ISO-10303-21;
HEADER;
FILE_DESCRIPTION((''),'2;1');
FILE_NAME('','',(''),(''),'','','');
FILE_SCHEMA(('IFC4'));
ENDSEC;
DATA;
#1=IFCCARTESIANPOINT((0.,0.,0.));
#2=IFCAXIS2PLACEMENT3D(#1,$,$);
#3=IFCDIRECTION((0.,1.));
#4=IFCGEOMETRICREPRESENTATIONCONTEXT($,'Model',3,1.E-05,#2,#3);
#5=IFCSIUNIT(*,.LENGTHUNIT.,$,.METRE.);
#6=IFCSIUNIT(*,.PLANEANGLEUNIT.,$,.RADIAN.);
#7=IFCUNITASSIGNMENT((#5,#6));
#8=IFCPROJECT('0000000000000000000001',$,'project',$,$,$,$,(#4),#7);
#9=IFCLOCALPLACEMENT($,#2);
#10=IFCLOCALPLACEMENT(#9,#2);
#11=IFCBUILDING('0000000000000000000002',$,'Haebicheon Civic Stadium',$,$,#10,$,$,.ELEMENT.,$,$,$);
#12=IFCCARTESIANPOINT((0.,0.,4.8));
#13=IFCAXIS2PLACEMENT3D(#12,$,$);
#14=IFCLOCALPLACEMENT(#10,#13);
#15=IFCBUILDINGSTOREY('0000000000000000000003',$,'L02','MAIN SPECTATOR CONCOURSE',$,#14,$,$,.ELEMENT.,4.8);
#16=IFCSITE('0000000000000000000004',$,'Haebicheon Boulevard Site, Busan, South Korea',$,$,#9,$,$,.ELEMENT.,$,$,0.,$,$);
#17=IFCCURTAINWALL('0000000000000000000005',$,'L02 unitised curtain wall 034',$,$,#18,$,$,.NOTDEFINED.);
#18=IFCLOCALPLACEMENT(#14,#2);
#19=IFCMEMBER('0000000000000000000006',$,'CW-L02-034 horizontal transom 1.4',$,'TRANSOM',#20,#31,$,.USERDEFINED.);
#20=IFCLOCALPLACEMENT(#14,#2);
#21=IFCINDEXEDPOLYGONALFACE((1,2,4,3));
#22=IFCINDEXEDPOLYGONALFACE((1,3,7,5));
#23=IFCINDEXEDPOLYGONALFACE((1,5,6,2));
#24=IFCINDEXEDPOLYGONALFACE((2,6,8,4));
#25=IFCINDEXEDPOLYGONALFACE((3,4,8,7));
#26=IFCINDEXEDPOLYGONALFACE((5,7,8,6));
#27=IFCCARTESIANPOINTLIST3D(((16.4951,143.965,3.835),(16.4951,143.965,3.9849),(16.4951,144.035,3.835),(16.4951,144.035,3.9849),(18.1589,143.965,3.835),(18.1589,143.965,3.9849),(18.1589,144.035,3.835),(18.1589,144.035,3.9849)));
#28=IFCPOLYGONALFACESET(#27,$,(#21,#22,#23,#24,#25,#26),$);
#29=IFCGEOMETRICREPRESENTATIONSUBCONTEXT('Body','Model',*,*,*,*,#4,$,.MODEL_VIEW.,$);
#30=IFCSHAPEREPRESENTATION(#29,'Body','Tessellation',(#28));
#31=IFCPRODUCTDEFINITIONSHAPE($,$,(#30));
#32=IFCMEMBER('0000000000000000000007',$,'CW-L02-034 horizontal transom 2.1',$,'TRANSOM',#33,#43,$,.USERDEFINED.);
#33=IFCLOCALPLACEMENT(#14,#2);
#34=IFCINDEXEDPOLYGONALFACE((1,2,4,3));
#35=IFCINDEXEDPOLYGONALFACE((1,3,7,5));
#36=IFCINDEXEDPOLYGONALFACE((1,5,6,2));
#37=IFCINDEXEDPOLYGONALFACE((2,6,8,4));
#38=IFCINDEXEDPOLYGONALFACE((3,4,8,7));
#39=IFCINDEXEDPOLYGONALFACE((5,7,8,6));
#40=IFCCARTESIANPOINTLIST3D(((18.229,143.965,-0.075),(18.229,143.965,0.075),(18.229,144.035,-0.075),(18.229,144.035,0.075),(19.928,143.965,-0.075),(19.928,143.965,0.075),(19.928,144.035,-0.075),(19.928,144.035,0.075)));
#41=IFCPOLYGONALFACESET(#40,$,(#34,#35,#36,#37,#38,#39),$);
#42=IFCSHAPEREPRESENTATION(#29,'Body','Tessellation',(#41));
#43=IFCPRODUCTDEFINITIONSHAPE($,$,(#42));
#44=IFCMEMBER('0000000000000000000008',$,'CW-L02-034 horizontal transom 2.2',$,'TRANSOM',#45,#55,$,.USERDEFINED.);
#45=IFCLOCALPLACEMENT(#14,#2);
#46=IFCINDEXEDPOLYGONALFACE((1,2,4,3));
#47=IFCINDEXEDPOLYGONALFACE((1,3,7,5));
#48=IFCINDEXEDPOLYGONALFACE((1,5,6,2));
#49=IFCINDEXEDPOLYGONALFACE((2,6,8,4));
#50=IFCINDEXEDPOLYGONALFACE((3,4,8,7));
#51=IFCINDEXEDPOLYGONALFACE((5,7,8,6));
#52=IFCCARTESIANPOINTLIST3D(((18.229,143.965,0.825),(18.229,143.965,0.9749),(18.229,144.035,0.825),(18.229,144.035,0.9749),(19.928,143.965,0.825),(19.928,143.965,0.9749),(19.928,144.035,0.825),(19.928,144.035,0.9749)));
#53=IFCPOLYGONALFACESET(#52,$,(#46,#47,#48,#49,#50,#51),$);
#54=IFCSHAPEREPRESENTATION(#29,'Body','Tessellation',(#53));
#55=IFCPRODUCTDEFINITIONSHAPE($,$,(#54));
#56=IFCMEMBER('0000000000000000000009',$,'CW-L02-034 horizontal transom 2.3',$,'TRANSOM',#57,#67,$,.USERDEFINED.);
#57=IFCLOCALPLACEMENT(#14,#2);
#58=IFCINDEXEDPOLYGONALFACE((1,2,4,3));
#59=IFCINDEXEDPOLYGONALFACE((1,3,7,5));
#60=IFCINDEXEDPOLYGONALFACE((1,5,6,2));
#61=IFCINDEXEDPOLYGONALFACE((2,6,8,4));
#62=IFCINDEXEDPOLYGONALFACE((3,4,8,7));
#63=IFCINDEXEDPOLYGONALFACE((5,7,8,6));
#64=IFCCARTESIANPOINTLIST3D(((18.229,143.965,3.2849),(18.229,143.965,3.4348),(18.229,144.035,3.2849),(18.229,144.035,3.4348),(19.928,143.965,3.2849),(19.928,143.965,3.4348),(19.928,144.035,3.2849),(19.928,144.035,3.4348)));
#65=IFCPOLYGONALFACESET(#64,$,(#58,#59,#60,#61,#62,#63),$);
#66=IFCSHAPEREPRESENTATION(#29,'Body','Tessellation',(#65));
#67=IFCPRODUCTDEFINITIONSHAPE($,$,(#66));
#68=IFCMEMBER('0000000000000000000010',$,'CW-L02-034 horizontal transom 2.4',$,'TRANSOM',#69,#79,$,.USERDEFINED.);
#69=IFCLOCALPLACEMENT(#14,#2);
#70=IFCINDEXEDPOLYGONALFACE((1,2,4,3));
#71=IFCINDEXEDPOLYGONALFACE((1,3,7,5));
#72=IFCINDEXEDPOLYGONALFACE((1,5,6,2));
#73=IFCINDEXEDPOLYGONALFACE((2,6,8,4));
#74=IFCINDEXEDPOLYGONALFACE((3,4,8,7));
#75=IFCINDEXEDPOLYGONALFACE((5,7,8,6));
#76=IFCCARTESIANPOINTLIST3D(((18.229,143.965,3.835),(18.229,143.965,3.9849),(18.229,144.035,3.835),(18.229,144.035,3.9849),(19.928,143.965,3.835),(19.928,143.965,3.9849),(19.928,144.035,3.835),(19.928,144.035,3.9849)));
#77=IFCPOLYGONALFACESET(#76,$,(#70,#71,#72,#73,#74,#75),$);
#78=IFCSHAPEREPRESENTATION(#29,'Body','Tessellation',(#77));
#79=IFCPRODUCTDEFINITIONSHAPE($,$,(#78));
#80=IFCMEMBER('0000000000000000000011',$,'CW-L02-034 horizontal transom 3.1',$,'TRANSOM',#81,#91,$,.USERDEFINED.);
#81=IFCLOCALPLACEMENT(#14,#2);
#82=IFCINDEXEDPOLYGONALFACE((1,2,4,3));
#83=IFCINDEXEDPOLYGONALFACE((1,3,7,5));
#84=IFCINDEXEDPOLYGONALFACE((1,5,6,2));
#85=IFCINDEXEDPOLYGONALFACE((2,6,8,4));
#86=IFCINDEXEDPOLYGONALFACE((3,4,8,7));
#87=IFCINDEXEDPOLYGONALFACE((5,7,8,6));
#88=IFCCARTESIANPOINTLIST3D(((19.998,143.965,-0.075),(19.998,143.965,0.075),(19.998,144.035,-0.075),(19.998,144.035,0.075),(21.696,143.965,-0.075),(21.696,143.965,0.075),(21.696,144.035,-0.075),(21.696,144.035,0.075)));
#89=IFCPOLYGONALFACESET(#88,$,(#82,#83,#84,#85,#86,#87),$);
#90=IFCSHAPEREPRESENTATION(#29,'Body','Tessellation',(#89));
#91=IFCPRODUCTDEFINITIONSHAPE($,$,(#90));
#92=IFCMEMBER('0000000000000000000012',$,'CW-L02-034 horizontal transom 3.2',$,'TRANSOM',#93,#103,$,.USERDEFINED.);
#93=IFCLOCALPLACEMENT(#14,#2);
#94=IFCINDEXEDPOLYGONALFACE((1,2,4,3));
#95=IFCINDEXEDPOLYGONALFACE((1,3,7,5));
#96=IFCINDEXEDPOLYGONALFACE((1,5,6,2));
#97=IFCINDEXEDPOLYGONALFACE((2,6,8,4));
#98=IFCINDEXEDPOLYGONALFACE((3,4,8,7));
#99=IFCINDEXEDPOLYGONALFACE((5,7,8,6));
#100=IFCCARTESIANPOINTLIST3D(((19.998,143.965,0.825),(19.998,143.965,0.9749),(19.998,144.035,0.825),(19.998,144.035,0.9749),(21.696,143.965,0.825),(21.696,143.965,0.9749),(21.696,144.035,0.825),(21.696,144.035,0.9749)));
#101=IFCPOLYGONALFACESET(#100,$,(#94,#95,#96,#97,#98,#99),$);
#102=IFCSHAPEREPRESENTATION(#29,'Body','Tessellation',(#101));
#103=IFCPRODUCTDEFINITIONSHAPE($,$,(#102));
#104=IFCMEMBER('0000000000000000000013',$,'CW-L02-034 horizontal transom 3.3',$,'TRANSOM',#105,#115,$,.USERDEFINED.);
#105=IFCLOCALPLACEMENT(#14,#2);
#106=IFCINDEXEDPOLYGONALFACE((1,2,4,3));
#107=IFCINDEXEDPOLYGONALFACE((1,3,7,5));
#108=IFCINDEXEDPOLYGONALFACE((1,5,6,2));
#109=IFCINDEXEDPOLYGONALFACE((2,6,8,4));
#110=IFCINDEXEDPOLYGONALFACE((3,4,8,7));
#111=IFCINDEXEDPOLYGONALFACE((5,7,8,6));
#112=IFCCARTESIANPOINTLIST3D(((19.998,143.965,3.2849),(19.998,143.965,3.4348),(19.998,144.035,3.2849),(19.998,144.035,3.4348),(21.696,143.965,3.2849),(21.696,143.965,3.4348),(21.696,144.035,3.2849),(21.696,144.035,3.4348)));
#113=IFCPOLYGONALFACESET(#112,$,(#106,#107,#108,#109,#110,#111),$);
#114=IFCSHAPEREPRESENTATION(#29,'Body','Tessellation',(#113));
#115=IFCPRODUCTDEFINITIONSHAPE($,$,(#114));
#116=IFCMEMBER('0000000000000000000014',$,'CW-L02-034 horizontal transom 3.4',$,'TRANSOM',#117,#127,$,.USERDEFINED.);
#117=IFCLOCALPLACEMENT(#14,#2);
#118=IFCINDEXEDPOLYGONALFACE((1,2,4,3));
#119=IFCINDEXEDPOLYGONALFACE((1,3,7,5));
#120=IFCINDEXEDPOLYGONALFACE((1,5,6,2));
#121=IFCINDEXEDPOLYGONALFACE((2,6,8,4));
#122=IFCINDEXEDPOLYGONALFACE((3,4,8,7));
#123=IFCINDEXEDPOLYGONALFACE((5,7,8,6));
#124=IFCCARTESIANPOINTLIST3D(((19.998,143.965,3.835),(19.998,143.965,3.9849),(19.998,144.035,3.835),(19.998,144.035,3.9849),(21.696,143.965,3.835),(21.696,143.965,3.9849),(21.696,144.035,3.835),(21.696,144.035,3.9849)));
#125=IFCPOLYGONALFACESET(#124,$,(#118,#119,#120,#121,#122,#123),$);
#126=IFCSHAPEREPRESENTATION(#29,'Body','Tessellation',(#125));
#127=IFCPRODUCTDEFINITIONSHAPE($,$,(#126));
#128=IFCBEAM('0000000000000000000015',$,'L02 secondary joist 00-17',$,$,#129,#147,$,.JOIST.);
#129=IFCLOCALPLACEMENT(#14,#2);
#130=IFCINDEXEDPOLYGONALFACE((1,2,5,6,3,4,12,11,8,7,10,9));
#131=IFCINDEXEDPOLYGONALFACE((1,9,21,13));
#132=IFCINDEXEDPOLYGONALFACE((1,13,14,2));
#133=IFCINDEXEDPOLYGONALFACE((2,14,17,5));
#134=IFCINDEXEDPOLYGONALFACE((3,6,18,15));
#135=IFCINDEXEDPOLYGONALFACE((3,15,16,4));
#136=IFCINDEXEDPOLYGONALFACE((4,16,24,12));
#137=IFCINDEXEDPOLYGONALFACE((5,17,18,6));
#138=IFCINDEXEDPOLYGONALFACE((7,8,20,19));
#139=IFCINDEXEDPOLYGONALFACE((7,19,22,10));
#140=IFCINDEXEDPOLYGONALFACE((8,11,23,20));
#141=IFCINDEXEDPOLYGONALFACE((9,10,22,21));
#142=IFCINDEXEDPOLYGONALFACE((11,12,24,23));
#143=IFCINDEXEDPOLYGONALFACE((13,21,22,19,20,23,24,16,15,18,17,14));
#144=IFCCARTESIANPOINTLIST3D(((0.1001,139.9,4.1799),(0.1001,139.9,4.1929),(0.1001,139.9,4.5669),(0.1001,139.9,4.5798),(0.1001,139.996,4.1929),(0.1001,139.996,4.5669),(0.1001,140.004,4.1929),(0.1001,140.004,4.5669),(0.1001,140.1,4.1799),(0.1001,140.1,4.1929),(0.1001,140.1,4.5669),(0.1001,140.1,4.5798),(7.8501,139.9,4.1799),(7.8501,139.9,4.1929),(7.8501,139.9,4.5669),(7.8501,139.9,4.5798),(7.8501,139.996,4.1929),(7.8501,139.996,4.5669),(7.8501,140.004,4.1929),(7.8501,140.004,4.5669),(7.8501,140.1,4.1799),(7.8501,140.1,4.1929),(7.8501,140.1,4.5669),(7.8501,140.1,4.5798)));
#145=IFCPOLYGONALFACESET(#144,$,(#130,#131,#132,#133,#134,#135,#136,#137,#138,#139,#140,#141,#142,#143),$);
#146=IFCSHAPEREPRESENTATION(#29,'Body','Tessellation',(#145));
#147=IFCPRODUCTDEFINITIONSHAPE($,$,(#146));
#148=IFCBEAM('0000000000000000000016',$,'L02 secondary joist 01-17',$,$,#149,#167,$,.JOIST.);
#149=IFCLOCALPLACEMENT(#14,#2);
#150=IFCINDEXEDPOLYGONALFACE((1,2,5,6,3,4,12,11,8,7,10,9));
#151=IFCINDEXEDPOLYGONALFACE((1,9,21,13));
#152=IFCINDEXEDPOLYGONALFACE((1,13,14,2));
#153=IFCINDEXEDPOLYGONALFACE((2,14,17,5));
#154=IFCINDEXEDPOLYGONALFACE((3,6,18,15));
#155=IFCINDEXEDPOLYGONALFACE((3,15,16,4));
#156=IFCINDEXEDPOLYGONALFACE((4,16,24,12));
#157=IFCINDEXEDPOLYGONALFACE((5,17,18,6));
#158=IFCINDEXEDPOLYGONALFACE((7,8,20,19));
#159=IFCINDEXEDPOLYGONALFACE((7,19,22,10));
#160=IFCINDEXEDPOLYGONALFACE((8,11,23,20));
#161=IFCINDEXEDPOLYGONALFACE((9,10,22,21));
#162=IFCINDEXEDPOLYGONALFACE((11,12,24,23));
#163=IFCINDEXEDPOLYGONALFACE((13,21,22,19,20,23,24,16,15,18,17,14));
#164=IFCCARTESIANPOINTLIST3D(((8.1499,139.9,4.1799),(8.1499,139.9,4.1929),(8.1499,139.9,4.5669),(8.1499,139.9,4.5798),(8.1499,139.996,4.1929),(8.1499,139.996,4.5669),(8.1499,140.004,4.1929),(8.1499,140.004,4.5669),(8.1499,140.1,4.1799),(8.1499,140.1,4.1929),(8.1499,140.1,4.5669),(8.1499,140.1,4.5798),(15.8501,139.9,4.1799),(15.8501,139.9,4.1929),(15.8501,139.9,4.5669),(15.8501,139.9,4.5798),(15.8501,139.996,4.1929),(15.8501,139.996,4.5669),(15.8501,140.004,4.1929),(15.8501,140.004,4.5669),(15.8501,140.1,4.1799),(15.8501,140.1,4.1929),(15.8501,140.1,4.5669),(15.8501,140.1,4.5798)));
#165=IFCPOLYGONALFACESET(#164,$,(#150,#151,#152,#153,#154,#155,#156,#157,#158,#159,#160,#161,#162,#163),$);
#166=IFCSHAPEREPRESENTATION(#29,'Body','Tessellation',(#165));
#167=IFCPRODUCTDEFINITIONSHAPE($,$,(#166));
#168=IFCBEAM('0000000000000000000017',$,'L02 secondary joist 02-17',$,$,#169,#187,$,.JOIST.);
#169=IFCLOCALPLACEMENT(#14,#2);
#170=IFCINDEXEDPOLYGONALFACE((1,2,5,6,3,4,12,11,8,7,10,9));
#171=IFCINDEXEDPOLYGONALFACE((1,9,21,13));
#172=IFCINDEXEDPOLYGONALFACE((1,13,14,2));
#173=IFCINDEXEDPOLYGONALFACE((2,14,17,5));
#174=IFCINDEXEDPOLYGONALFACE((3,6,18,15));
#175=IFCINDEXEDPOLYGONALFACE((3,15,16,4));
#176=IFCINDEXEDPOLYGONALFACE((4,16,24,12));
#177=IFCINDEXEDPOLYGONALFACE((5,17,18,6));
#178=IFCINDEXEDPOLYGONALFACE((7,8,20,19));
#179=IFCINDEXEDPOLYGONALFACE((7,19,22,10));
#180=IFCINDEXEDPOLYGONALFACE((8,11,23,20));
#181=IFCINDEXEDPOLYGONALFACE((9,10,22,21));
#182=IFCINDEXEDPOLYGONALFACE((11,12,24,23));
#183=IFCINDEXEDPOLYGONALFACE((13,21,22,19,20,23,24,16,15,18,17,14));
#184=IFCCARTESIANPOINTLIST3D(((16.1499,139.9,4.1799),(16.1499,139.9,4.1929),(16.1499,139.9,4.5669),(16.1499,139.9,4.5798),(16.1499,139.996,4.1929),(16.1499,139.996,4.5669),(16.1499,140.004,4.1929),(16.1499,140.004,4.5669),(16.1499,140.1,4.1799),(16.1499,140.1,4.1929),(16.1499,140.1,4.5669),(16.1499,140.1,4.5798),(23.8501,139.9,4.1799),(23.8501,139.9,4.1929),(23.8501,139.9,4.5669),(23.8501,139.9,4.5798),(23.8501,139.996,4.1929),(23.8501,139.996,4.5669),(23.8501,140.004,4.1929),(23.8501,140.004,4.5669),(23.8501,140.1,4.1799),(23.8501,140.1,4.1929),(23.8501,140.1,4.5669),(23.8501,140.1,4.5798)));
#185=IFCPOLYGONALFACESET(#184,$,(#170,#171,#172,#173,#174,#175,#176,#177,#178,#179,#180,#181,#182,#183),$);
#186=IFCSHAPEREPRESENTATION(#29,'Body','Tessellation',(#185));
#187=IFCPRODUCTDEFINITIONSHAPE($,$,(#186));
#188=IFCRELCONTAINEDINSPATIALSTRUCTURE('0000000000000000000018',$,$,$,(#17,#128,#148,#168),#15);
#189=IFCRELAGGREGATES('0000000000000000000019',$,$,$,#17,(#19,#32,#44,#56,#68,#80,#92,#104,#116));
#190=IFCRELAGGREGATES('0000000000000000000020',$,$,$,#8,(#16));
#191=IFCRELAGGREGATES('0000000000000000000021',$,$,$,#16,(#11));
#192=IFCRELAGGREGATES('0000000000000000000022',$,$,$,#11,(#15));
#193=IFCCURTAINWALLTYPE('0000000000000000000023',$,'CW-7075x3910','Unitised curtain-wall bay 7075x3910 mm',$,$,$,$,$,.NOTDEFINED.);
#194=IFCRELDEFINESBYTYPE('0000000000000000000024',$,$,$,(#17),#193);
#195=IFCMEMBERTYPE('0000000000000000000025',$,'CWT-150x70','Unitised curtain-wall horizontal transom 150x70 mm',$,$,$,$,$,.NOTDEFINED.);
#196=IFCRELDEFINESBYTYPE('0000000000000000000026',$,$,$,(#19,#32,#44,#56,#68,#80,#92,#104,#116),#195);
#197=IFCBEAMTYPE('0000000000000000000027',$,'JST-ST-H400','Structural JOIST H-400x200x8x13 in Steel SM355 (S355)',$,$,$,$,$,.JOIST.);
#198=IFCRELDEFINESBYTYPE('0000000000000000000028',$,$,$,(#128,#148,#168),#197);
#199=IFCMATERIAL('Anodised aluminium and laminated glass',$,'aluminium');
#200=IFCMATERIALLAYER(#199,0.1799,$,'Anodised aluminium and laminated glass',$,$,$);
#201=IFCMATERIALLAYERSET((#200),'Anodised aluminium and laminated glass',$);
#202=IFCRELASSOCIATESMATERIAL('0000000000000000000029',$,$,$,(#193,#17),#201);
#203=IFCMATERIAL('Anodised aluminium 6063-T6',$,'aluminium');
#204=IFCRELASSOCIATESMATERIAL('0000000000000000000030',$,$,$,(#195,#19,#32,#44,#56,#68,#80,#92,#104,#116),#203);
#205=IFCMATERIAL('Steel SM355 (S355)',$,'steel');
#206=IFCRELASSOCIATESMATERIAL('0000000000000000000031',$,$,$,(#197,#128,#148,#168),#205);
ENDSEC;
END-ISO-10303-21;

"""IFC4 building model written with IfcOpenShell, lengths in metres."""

from ifc_helpers import new_model, si_unit, direction, frame, origin, origin_2d, place, context, subcontext, project, spatial, rectangle, i_section, extrude, material, layer, layer_set, material_profile, profile_set, type_object, element, aggregate, save


model = new_model("IFC4")

# Units and contexts
model_context = context("Model", 3, precision=1e-05, world=origin(), true_north=direction((0.0, 1.0)))
body_context = subcontext(model_context, "Body", "Model", "MODEL_VIEW")
ifc_project = project(units=[si_unit("LENGTHUNIT", "METRE"), si_unit("PLANEANGLEUNIT", "RADIAN")], contexts=[model_context])

# Site, building, storey
site_placement = place(None, origin())
site = spatial("IfcSite", under=ifc_project, at=site_placement, Name="Haebicheon Boulevard Site, Busan, South Korea", CompositionType="ELEMENT", RefElevation=0.0)
building_placement = place(site_placement, origin())
building = spatial("IfcBuilding", under=site, at=building_placement, Name="Haebicheon Civic Stadium", CompositionType="ELEMENT")
storey_placement = place(building_placement, frame((0.0, 0.0, 4.8)))
storey = spatial("IfcBuildingStorey", under=building, at=storey_placement, Name="L02", Description="MAIN SPECTATOR CONCOURSE", CompositionType="ELEMENT", Elevation=4.8)

# Curtain wall, members
ifc_material_1 = material(Name="Anodised aluminium and laminated glass", Category="aluminium")
ifc_layer_1 = layer(ifc_material_1, 0.1799, Name="Anodised aluminium and laminated glass")
ifc_layer_set_1 = layer_set([ifc_layer_1], Name="Anodised aluminium and laminated glass")
curtain_wall_type = type_object("IfcCurtainWallType", Name="CW-7075x3910", Description="Unitised curtain-wall bay 7075x3910 mm", PredefinedType="NOTDEFINED", material=ifc_layer_set_1)
curtain_wall_placement = place(storey_placement, origin())
curtain_wall = element("IfcCurtainWall", 1, at=curtain_wall_placement, inside=storey, type_object=curtain_wall_type, material=ifc_layer_set_1, Name="L02 unitised curtain wall 034", PredefinedType="NOTDEFINED")
ifc_material_2 = material(Name="Anodised aluminium 6063-T6", Category="aluminium")
ifc_material_profile_1 = material_profile(ifc_material_2, rectangle(XDim=0.0701, YDim=0.1499, at=origin_2d()), Name="ALU-TRAN-70x150")
ifc_profile_set_1 = profile_set([ifc_material_profile_1], Name="Anodised aluminium 6063-T6")
member_type_1 = type_object("IfcMemberType", Name="CWT-150x70", Description="Unitised curtain-wall horizontal transom 150x70 mm", PredefinedType="NOTDEFINED", material=ifc_profile_set_1)
member_1_placement = place(storey_placement, frame((16.4951, 144.0, 3.9099), z_axis=(1.0, 0.0, 0.0), x_axis=(0.0, 1.0, 0.0)))
member_1 = element("IfcMember", 2, at=member_1_placement, type_object=member_type_1, material=ifc_profile_set_1, Name="CW-L02-034 horizontal transom 1.4", ObjectType="TRANSOM", PredefinedType="USERDEFINED", context=body_context, shape_type="SweptSolid", body=[
    extrude(rectangle(XDim=0.0701, YDim=0.1499, at=origin_2d()), origin(), (0.0, 0.0, 1.0), 1.6638),
])
member_2_placement = place(storey_placement, frame((18.229, 144.0, 0.0), z_axis=(1.0, 0.0, 0.0), x_axis=(0.0, 1.0, 0.0)))
member_2 = element("IfcMember", 3, at=member_2_placement, type_object=member_type_1, material=ifc_profile_set_1, Name="CW-L02-034 horizontal transom 2.1", ObjectType="TRANSOM", PredefinedType="USERDEFINED", context=body_context, shape_type="SweptSolid", body=[
    extrude(rectangle(XDim=0.0701, YDim=0.1499, at=origin_2d()), origin(), (0.0, 0.0, 1.0), 1.699),
])
member_3_placement = place(storey_placement, frame((18.229, 144.0, 0.8999), z_axis=(1.0, 0.0, 0.0), x_axis=(0.0, 1.0, 0.0)))
member_3 = element("IfcMember", 4, at=member_3_placement, type_object=member_type_1, material=ifc_profile_set_1, Name="CW-L02-034 horizontal transom 2.2", ObjectType="TRANSOM", PredefinedType="USERDEFINED", context=body_context, shape_type="SweptSolid", body=[
    extrude(rectangle(XDim=0.0701, YDim=0.1499, at=origin_2d()), origin(), (0.0, 0.0, 1.0), 1.699),
])
member_4_placement = place(storey_placement, frame((18.229, 144.0, 3.3599), z_axis=(1.0, 0.0, 0.0), x_axis=(0.0, 1.0, 0.0)))
member_4 = element("IfcMember", 5, at=member_4_placement, type_object=member_type_1, material=ifc_profile_set_1, Name="CW-L02-034 horizontal transom 2.3", ObjectType="TRANSOM", PredefinedType="USERDEFINED", context=body_context, shape_type="SweptSolid", body=[
    extrude(rectangle(XDim=0.0701, YDim=0.1499, at=origin_2d()), origin(), (0.0, 0.0, 1.0), 1.699),
])
member_5_placement = place(storey_placement, frame((18.229, 144.0, 3.9099), z_axis=(1.0, 0.0, 0.0), x_axis=(0.0, 1.0, 0.0)))
member_5 = element("IfcMember", 6, at=member_5_placement, type_object=member_type_1, material=ifc_profile_set_1, Name="CW-L02-034 horizontal transom 2.4", ObjectType="TRANSOM", PredefinedType="USERDEFINED", context=body_context, shape_type="SweptSolid", body=[
    extrude(rectangle(XDim=0.0701, YDim=0.1499, at=origin_2d()), origin(), (0.0, 0.0, 1.0), 1.699),
])
member_6_placement = place(storey_placement, frame((19.998, 144.0, 0.0), z_axis=(1.0, 0.0, 0.0), x_axis=(0.0, 1.0, 0.0)))
member_6 = element("IfcMember", 7, at=member_6_placement, type_object=member_type_1, material=ifc_profile_set_1, Name="CW-L02-034 horizontal transom 3.1", ObjectType="TRANSOM", PredefinedType="USERDEFINED", context=body_context, shape_type="SweptSolid", body=[
    extrude(rectangle(XDim=0.0701, YDim=0.1499, at=origin_2d()), origin(), (0.0, 0.0, 1.0), 1.698),
])
member_7_placement = place(storey_placement, frame((19.998, 144.0, 0.8999), z_axis=(1.0, 0.0, 0.0), x_axis=(0.0, 1.0, 0.0)))
member_7 = element("IfcMember", 8, at=member_7_placement, type_object=member_type_1, material=ifc_profile_set_1, Name="CW-L02-034 horizontal transom 3.2", ObjectType="TRANSOM", PredefinedType="USERDEFINED", context=body_context, shape_type="SweptSolid", body=[
    extrude(rectangle(XDim=0.0701, YDim=0.1499, at=origin_2d()), origin(), (0.0, 0.0, 1.0), 1.698),
])
member_8_placement = place(storey_placement, frame((19.998, 144.0, 3.3599), z_axis=(1.0, 0.0, 0.0), x_axis=(0.0, 1.0, 0.0)))
member_8 = element("IfcMember", 9, at=member_8_placement, type_object=member_type_1, material=ifc_profile_set_1, Name="CW-L02-034 horizontal transom 3.3", ObjectType="TRANSOM", PredefinedType="USERDEFINED", context=body_context, shape_type="SweptSolid", body=[
    extrude(rectangle(XDim=0.0701, YDim=0.1499, at=origin_2d()), origin(), (0.0, 0.0, 1.0), 1.698),
])
member_9_placement = place(storey_placement, frame((19.998, 144.0, 3.9099), z_axis=(1.0, 0.0, 0.0), x_axis=(0.0, 1.0, 0.0)))
member_9 = element("IfcMember", 10, at=member_9_placement, type_object=member_type_1, material=ifc_profile_set_1, Name="CW-L02-034 horizontal transom 3.4", ObjectType="TRANSOM", PredefinedType="USERDEFINED", context=body_context, shape_type="SweptSolid", body=[
    extrude(rectangle(XDim=0.0701, YDim=0.1499, at=origin_2d()), origin(), (0.0, 0.0, 1.0), 1.698),
])

# Beams
ifc_material_3 = material(Name="Steel SM355 (S355)", Category="steel")
ifc_material_profile_2 = material_profile(ifc_material_3, i_section(OverallWidth=0.2, OverallDepth=0.3999, WebThickness=0.0081, FlangeThickness=0.0129, at=origin_2d()), Name="H-400x200x8x13")
ifc_profile_set_2 = profile_set([ifc_material_profile_2], Name="Steel SM355 (S355)")
beam_type_1 = type_object("IfcBeamType", Name="JST-ST-H400", Description="Structural JOIST H-400x200x8x13 in Steel SM355 (S355)", PredefinedType="JOIST", material=ifc_profile_set_2)
beam_placement = place(storey_placement, frame((0.1001, 140.0, 4.3799), z_axis=(1.0, 0.0, 0.0), x_axis=(0.0, 1.0, 0.0)))
element("IfcBeam", 11, at=beam_placement, inside=storey, type_object=beam_type_1, material=ifc_profile_set_2, Name="L02 secondary joist 00-17", PredefinedType="JOIST", context=body_context, shape_type="SweptSolid", body=[
    extrude(i_section(OverallWidth=0.2, OverallDepth=0.3999, WebThickness=0.0081, FlangeThickness=0.0129, at=origin_2d()), origin(), (0.0, 0.0, 1.0), 7.75),
])
for number, where, z_axis, x_axis, name in (
    (12, (8.1499, 140.0, 4.3799), (1.0, 0.0, 0.0), (0.0, 1.0, 0.0), "L02 secondary joist 01-17"),
    (13, (16.1499, 140.0, 4.3799), (1.0, 0.0, 0.0), (0.0, 1.0, 0.0), "L02 secondary joist 02-17"),
):
    element("IfcBeam", number, at=place(storey_placement, frame(where, z_axis=z_axis, x_axis=x_axis)), inside=storey, type_object=beam_type_1, material=ifc_profile_set_2, Name=name, PredefinedType="JOIST", context=body_context, shape_type="SweptSolid", body=[
        extrude(i_section(OverallWidth=0.2, OverallDepth=0.3999, WebThickness=0.0081, FlangeThickness=0.0129, at=origin_2d()), origin(), (0.0, 0.0, 1.0), 7.7002),
    ])

aggregate(curtain_wall, [member_1, member_2, member_3, member_4, member_5, member_6, member_7, member_8, member_9])

save(model, "model.ifc")
